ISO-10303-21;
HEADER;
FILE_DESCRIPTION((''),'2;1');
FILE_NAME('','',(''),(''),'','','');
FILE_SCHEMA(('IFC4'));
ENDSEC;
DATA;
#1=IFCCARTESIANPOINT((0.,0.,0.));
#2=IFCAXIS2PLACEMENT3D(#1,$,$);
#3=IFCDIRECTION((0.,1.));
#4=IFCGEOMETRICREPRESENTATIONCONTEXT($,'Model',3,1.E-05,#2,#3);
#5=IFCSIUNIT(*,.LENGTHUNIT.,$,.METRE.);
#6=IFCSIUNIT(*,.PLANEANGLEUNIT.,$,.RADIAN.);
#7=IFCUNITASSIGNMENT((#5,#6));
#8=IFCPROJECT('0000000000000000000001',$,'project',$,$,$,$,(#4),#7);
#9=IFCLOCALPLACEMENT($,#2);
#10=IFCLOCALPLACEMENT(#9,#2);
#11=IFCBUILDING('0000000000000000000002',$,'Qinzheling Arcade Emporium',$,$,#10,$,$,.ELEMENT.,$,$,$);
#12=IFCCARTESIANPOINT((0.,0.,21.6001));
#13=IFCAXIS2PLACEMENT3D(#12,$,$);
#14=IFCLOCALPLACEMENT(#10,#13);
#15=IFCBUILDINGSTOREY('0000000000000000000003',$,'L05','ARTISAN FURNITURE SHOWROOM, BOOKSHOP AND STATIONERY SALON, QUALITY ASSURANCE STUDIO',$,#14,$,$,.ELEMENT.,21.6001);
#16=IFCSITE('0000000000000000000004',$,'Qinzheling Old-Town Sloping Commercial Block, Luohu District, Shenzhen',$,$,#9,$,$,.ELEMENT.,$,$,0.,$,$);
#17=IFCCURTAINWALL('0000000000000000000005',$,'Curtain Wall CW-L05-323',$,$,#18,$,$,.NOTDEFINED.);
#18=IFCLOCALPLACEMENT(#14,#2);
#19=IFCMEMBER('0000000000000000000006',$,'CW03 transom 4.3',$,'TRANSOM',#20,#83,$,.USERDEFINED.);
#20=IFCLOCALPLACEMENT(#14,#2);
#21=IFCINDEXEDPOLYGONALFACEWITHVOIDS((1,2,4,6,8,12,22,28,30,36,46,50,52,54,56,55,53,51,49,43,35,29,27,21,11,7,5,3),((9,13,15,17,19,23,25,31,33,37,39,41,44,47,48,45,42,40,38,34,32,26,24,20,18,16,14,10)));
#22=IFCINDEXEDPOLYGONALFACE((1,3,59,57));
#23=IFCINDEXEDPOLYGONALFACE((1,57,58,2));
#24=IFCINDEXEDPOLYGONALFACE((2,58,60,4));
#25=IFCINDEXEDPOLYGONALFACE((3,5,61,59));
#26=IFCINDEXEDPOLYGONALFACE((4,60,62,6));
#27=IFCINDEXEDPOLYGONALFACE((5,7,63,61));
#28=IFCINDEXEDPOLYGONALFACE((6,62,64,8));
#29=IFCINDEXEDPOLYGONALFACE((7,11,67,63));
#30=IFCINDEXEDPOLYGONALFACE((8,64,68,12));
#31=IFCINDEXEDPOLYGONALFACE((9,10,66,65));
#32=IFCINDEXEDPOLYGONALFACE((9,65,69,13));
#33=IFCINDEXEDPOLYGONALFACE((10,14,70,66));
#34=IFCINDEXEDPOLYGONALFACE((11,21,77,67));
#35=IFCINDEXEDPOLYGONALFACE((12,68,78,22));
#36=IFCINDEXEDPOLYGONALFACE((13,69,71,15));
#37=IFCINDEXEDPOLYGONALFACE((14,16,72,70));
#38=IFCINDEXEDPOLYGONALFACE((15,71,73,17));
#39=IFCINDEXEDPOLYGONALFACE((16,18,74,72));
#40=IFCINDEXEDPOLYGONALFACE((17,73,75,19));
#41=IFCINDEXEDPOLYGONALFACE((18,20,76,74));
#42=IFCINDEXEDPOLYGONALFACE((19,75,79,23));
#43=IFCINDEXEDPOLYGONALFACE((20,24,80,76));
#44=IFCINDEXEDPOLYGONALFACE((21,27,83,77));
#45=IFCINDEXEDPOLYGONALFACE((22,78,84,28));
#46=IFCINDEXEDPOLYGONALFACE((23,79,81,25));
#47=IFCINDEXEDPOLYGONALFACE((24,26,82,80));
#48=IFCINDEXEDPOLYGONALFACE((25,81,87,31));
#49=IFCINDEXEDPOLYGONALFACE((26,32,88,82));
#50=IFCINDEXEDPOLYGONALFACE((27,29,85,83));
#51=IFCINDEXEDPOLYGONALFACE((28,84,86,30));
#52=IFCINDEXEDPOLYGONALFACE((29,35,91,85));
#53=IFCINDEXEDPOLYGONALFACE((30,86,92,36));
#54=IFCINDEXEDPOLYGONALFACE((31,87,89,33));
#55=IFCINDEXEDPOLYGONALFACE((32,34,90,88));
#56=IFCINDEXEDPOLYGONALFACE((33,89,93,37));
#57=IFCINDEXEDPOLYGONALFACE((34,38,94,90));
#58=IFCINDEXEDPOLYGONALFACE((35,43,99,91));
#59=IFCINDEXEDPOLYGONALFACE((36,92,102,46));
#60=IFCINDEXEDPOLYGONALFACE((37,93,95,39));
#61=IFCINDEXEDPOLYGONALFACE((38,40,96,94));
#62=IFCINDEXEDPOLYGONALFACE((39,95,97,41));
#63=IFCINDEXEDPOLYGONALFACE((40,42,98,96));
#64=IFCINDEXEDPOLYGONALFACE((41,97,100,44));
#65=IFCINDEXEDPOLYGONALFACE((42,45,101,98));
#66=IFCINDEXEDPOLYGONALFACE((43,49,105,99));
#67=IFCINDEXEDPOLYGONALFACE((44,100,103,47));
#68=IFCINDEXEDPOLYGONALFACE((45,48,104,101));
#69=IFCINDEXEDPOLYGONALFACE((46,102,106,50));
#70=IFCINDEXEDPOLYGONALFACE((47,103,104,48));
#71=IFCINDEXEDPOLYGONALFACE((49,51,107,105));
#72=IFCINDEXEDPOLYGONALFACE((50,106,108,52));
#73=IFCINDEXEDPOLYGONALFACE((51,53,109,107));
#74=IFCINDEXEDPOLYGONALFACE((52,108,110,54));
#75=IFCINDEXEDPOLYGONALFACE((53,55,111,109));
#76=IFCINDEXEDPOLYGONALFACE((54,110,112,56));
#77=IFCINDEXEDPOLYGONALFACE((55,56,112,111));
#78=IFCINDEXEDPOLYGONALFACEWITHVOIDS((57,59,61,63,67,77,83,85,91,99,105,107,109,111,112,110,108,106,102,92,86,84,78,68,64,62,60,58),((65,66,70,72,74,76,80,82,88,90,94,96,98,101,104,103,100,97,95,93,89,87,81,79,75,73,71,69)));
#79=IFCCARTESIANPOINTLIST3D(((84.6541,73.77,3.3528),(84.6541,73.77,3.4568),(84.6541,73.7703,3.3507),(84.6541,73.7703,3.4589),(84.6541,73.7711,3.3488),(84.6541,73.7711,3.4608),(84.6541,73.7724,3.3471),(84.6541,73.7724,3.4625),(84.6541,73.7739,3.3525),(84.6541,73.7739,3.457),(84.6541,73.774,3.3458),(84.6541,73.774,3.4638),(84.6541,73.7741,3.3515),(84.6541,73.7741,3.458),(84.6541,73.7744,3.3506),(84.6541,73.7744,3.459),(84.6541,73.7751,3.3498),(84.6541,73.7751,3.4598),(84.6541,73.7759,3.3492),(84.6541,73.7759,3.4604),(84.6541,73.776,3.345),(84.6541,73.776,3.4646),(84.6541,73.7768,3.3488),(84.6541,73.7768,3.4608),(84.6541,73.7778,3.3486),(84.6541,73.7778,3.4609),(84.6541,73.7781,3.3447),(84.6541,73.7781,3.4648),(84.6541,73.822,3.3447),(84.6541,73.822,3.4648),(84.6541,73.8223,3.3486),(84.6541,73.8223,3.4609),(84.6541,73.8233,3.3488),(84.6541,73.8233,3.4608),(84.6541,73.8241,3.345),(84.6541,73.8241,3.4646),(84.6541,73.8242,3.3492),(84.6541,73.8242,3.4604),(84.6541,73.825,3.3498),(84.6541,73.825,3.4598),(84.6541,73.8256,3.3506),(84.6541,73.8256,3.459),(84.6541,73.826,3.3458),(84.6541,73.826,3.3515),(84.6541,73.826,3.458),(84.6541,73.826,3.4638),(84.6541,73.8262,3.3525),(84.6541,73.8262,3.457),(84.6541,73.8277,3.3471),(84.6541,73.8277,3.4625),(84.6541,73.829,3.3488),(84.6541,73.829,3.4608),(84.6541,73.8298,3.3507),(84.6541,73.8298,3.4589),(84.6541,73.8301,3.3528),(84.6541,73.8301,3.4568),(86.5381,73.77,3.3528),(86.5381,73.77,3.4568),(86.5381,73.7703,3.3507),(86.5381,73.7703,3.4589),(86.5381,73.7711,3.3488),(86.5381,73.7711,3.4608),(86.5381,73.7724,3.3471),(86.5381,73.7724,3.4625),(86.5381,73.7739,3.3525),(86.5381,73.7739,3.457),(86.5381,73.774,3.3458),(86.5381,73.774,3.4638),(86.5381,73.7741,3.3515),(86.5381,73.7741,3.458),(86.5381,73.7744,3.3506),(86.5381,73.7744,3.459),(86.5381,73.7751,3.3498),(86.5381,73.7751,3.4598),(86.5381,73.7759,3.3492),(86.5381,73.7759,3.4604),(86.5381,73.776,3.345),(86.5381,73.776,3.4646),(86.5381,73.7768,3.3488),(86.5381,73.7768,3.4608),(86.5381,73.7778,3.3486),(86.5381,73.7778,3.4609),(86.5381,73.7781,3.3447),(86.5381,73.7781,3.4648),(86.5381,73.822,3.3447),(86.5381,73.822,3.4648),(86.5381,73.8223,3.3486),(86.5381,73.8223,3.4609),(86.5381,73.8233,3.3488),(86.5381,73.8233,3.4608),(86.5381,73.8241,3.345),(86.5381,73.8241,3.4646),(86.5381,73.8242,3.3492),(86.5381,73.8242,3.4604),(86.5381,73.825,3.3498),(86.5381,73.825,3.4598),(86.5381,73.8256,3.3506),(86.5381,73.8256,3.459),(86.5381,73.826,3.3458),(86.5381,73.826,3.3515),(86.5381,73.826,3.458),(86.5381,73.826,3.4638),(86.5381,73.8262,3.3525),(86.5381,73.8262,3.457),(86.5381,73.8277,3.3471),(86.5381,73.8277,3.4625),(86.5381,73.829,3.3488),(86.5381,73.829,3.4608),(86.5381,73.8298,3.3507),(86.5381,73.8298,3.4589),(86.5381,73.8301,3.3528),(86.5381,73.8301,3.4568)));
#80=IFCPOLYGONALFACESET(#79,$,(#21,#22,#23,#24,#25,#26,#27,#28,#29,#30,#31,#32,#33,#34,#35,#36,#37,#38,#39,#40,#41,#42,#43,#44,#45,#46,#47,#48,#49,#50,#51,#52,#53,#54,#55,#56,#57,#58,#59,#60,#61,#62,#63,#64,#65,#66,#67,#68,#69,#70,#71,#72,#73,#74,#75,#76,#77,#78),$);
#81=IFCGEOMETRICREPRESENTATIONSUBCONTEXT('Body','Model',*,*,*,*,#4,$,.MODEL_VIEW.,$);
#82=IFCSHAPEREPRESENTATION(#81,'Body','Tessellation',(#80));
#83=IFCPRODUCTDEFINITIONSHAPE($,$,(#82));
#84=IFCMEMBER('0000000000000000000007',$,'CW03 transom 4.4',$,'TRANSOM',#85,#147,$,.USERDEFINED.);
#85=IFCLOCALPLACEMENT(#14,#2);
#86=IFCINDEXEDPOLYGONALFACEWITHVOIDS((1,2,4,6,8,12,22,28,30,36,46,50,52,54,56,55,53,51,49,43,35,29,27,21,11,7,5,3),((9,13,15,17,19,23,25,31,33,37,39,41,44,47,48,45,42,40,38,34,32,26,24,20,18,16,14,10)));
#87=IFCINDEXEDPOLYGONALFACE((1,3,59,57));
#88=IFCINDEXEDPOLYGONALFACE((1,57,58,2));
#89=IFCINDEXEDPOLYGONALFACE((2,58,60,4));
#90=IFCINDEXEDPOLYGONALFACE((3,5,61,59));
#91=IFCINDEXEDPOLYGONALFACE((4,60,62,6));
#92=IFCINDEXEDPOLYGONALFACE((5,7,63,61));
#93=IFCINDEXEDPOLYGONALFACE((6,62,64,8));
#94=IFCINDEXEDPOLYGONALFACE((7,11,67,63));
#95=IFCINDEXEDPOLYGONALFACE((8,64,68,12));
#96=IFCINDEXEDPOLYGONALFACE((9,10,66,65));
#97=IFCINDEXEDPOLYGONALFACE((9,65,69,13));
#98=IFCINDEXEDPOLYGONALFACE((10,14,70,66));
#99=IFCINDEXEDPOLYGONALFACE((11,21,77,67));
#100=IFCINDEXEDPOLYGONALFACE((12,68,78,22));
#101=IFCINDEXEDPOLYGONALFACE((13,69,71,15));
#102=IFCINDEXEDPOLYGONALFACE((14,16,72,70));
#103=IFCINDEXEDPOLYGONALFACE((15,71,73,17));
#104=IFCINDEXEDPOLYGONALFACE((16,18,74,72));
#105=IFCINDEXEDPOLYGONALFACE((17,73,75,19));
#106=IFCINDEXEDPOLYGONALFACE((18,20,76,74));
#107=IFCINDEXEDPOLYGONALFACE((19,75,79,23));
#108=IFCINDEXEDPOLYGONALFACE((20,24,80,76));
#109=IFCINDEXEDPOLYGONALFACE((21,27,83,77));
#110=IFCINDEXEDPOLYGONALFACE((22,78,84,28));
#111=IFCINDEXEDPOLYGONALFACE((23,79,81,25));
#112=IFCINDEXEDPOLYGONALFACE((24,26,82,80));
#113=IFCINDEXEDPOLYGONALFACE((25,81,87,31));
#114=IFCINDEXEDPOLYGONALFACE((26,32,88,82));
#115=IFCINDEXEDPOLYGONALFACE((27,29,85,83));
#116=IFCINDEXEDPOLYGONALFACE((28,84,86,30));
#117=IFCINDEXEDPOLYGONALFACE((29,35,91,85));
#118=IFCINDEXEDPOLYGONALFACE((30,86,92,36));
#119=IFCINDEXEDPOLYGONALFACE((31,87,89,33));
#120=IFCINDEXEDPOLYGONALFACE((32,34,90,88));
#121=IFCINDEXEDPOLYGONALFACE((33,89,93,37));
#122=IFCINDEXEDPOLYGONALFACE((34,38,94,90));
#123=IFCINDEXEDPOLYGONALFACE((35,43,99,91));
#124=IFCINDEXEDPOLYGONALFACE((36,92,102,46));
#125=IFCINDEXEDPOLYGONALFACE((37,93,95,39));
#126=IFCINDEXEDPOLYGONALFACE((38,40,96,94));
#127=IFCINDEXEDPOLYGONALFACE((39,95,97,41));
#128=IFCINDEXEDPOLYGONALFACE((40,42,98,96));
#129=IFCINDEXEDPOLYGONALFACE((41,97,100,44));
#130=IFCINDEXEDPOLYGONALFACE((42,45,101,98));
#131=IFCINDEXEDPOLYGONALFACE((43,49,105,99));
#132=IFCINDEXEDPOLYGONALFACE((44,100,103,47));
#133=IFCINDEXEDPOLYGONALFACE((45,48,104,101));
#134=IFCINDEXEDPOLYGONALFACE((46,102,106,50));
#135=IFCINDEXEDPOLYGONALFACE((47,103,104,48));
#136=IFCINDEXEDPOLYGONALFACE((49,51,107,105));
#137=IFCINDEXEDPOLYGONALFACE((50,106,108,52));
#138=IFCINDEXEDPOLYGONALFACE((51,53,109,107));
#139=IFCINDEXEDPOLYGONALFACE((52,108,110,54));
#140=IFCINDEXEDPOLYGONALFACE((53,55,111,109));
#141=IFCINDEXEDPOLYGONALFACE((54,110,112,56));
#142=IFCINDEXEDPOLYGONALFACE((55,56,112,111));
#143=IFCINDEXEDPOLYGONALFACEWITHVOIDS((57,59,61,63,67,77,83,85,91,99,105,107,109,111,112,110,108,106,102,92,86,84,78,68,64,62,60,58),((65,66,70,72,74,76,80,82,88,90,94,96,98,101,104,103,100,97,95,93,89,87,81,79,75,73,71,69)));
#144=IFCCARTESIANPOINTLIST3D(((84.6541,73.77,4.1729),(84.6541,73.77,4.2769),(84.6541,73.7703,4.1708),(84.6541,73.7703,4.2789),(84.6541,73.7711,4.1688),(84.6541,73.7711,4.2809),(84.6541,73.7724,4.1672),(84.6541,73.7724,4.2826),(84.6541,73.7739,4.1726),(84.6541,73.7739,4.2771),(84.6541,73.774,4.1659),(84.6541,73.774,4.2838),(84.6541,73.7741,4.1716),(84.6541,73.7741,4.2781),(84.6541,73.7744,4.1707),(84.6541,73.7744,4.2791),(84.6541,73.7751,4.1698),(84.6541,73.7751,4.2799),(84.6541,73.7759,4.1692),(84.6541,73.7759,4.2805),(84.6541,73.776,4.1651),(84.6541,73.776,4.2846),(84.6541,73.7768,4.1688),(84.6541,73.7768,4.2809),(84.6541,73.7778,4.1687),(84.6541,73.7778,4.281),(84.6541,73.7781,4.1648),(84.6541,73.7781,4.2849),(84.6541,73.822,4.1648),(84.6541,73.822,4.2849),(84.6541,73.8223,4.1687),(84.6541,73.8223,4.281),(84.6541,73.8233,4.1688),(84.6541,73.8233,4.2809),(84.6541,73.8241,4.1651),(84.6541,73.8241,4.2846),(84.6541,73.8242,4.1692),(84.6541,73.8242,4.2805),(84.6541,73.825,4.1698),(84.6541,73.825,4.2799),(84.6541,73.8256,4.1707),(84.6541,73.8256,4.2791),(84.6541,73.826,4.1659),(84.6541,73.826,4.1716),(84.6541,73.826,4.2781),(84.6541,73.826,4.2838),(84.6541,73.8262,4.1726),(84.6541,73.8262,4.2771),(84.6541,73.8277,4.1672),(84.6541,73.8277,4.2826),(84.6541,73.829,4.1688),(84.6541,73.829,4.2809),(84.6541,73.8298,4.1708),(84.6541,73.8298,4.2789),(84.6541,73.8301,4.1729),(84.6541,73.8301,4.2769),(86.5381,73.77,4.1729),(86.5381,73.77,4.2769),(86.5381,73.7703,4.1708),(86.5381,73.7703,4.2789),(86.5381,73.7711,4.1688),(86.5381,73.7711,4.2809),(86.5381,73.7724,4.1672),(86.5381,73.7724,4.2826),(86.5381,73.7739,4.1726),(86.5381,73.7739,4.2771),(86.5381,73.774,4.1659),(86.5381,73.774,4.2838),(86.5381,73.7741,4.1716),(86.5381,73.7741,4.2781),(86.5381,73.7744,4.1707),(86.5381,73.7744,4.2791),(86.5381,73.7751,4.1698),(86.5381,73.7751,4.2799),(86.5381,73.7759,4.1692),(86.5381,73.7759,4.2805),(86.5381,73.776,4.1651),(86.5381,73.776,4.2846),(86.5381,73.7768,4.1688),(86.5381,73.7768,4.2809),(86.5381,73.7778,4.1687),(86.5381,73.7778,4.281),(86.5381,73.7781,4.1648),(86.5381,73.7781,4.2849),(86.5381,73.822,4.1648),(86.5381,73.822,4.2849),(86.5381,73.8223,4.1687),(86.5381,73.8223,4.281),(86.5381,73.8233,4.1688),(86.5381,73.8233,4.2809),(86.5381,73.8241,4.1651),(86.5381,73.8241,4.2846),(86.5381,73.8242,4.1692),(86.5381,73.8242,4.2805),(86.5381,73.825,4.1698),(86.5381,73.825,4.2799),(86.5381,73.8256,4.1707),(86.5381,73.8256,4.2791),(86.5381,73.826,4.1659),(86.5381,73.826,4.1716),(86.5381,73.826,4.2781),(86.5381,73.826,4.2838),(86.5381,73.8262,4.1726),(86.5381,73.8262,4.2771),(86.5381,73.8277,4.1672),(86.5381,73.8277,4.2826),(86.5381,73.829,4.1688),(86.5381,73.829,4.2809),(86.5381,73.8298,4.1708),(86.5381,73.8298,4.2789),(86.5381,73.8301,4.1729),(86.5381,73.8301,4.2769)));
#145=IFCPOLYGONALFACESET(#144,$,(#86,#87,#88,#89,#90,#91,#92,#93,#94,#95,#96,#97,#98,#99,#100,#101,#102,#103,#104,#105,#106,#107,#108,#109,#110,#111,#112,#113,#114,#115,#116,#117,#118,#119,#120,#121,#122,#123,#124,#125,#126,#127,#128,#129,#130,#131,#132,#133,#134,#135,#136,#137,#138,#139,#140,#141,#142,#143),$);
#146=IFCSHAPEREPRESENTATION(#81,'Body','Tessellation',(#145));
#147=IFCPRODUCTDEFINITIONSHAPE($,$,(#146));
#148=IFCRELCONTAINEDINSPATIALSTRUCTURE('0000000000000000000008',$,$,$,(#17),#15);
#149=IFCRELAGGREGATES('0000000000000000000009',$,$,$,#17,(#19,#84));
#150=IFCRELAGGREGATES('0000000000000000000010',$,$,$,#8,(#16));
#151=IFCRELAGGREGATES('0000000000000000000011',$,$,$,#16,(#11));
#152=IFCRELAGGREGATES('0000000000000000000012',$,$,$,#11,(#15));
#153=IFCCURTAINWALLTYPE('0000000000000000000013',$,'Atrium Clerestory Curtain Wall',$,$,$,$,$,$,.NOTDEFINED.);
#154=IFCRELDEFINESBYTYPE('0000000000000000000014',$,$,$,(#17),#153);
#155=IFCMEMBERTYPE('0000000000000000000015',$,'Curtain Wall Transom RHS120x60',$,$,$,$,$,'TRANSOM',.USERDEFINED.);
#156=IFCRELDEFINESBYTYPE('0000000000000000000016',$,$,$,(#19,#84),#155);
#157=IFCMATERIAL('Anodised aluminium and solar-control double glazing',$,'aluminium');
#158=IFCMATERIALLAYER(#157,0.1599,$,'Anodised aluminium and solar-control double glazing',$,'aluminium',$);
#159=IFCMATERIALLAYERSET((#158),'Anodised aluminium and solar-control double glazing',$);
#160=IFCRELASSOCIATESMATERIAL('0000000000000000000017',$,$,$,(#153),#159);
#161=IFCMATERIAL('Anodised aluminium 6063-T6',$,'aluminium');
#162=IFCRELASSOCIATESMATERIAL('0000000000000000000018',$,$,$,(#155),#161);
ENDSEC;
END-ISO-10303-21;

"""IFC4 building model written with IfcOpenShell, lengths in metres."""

from ifc_helpers import new_model, si_unit, direction, frame, origin, origin_2d, place, context, subcontext, project, spatial, hollow_rectangle, extrude, material, layer, layer_set, material_profile, profile_set, type_object, element, aggregate, save


model = new_model("IFC4")

# Units and contexts
model_context = context("Model", 3, precision=1e-05, world=origin(), true_north=direction((0.0, 1.0)))
body_context = subcontext(model_context, "Body", "Model", "MODEL_VIEW")
ifc_project = project(units=[si_unit("LENGTHUNIT", "METRE"), si_unit("PLANEANGLEUNIT", "RADIAN")], contexts=[model_context])

# Site, building, storey
site_placement = place(None, origin())
site = spatial("IfcSite", under=ifc_project, at=site_placement, Name="Qinzheling Old-Town Sloping Commercial Block, Luohu District, Shenzhen", CompositionType="ELEMENT", RefElevation=0.0)
building_placement = place(site_placement, origin())
building = spatial("IfcBuilding", under=site, at=building_placement, Name="Qinzheling Arcade Emporium", CompositionType="ELEMENT")
storey_placement = place(building_placement, frame((0.0, 0.0, 21.6001)))
storey = spatial("IfcBuildingStorey", under=building, at=storey_placement, Name="L05", Description="ARTISAN FURNITURE SHOWROOM, BOOKSHOP AND STATIONERY SALON, QUALITY ASSURANCE STUDIO", CompositionType="ELEMENT", Elevation=21.6001)

# Curtain wall
ifc_material_1 = material(Name="Anodised aluminium and solar-control double glazing", Category="aluminium")
ifc_layer_1 = layer(ifc_material_1, 0.1599, Name="Anodised aluminium and solar-control double glazing", Category="aluminium")
ifc_layer_set_1 = layer_set([ifc_layer_1], Name="Anodised aluminium and solar-control double glazing")
curtain_wall_type = type_object("IfcCurtainWallType", Name="Atrium Clerestory Curtain Wall", PredefinedType="NOTDEFINED", material=ifc_layer_set_1)
curtain_wall_1_placement = place(storey_placement, origin())
curtain_wall_1 = element("IfcCurtainWall", 1, at=curtain_wall_1_placement, inside=storey, type_object=curtain_wall_type, Name="Curtain Wall CW-L05-323", PredefinedType="NOTDEFINED")
ifc_material_2 = material(Name="Anodised aluminium 6063-T6", Category="aluminium")

# Members
ifc_material_profile_1 = material_profile(ifc_material_2, hollow_rectangle(XDim=0.0601, YDim=0.1201, WallThickness=0.0039, InnerFilletRadius=0.0039, OuterFilletRadius=0.0081, at=origin_2d()), Name="RHS 120x60x4", Category="aluminium")
ifc_profile_set_1 = profile_set([ifc_material_profile_1], Name="Anodised aluminium 6063-T6")
member_type_1 = type_object("IfcMemberType", Name="Curtain Wall Transom RHS120x60", ElementType="TRANSOM", PredefinedType="USERDEFINED", material=ifc_profile_set_1)
member_1_placement = place(storey_placement, frame((84.6541, 73.8, 3.4048), z_axis=(1.0, 0.0, 0.0), x_axis=(0.0, 1.0, 0.0)))
member_1 = element("IfcMember", 2, at=member_1_placement, type_object=member_type_1, Name="CW03 transom 4.3", ObjectType="TRANSOM", PredefinedType="USERDEFINED", context=body_context, shape_type="SweptSolid", body=[
    extrude(hollow_rectangle(XDim=0.0601, YDim=0.1201, WallThickness=0.0039, InnerFilletRadius=0.0039, OuterFilletRadius=0.0081, at=origin_2d()), origin(), (0.0, 0.0, 1.0), 1.884),
])
member_2_placement = place(storey_placement, frame((84.6541, 73.8, 4.2249), z_axis=(1.0, 0.0, 0.0), x_axis=(0.0, 1.0, 0.0)))
member_2 = element("IfcMember", 3, at=member_2_placement, type_object=member_type_1, Name="CW03 transom 4.4", ObjectType="TRANSOM", PredefinedType="USERDEFINED", context=body_context, shape_type="SweptSolid", body=[
    extrude(hollow_rectangle(XDim=0.0601, YDim=0.1201, WallThickness=0.0039, InnerFilletRadius=0.0039, OuterFilletRadius=0.0081, at=origin_2d()), origin(), (0.0, 0.0, 1.0), 1.884),
])

aggregate(curtain_wall_1, [member_1, member_2])

save(model, "model.ifc")
